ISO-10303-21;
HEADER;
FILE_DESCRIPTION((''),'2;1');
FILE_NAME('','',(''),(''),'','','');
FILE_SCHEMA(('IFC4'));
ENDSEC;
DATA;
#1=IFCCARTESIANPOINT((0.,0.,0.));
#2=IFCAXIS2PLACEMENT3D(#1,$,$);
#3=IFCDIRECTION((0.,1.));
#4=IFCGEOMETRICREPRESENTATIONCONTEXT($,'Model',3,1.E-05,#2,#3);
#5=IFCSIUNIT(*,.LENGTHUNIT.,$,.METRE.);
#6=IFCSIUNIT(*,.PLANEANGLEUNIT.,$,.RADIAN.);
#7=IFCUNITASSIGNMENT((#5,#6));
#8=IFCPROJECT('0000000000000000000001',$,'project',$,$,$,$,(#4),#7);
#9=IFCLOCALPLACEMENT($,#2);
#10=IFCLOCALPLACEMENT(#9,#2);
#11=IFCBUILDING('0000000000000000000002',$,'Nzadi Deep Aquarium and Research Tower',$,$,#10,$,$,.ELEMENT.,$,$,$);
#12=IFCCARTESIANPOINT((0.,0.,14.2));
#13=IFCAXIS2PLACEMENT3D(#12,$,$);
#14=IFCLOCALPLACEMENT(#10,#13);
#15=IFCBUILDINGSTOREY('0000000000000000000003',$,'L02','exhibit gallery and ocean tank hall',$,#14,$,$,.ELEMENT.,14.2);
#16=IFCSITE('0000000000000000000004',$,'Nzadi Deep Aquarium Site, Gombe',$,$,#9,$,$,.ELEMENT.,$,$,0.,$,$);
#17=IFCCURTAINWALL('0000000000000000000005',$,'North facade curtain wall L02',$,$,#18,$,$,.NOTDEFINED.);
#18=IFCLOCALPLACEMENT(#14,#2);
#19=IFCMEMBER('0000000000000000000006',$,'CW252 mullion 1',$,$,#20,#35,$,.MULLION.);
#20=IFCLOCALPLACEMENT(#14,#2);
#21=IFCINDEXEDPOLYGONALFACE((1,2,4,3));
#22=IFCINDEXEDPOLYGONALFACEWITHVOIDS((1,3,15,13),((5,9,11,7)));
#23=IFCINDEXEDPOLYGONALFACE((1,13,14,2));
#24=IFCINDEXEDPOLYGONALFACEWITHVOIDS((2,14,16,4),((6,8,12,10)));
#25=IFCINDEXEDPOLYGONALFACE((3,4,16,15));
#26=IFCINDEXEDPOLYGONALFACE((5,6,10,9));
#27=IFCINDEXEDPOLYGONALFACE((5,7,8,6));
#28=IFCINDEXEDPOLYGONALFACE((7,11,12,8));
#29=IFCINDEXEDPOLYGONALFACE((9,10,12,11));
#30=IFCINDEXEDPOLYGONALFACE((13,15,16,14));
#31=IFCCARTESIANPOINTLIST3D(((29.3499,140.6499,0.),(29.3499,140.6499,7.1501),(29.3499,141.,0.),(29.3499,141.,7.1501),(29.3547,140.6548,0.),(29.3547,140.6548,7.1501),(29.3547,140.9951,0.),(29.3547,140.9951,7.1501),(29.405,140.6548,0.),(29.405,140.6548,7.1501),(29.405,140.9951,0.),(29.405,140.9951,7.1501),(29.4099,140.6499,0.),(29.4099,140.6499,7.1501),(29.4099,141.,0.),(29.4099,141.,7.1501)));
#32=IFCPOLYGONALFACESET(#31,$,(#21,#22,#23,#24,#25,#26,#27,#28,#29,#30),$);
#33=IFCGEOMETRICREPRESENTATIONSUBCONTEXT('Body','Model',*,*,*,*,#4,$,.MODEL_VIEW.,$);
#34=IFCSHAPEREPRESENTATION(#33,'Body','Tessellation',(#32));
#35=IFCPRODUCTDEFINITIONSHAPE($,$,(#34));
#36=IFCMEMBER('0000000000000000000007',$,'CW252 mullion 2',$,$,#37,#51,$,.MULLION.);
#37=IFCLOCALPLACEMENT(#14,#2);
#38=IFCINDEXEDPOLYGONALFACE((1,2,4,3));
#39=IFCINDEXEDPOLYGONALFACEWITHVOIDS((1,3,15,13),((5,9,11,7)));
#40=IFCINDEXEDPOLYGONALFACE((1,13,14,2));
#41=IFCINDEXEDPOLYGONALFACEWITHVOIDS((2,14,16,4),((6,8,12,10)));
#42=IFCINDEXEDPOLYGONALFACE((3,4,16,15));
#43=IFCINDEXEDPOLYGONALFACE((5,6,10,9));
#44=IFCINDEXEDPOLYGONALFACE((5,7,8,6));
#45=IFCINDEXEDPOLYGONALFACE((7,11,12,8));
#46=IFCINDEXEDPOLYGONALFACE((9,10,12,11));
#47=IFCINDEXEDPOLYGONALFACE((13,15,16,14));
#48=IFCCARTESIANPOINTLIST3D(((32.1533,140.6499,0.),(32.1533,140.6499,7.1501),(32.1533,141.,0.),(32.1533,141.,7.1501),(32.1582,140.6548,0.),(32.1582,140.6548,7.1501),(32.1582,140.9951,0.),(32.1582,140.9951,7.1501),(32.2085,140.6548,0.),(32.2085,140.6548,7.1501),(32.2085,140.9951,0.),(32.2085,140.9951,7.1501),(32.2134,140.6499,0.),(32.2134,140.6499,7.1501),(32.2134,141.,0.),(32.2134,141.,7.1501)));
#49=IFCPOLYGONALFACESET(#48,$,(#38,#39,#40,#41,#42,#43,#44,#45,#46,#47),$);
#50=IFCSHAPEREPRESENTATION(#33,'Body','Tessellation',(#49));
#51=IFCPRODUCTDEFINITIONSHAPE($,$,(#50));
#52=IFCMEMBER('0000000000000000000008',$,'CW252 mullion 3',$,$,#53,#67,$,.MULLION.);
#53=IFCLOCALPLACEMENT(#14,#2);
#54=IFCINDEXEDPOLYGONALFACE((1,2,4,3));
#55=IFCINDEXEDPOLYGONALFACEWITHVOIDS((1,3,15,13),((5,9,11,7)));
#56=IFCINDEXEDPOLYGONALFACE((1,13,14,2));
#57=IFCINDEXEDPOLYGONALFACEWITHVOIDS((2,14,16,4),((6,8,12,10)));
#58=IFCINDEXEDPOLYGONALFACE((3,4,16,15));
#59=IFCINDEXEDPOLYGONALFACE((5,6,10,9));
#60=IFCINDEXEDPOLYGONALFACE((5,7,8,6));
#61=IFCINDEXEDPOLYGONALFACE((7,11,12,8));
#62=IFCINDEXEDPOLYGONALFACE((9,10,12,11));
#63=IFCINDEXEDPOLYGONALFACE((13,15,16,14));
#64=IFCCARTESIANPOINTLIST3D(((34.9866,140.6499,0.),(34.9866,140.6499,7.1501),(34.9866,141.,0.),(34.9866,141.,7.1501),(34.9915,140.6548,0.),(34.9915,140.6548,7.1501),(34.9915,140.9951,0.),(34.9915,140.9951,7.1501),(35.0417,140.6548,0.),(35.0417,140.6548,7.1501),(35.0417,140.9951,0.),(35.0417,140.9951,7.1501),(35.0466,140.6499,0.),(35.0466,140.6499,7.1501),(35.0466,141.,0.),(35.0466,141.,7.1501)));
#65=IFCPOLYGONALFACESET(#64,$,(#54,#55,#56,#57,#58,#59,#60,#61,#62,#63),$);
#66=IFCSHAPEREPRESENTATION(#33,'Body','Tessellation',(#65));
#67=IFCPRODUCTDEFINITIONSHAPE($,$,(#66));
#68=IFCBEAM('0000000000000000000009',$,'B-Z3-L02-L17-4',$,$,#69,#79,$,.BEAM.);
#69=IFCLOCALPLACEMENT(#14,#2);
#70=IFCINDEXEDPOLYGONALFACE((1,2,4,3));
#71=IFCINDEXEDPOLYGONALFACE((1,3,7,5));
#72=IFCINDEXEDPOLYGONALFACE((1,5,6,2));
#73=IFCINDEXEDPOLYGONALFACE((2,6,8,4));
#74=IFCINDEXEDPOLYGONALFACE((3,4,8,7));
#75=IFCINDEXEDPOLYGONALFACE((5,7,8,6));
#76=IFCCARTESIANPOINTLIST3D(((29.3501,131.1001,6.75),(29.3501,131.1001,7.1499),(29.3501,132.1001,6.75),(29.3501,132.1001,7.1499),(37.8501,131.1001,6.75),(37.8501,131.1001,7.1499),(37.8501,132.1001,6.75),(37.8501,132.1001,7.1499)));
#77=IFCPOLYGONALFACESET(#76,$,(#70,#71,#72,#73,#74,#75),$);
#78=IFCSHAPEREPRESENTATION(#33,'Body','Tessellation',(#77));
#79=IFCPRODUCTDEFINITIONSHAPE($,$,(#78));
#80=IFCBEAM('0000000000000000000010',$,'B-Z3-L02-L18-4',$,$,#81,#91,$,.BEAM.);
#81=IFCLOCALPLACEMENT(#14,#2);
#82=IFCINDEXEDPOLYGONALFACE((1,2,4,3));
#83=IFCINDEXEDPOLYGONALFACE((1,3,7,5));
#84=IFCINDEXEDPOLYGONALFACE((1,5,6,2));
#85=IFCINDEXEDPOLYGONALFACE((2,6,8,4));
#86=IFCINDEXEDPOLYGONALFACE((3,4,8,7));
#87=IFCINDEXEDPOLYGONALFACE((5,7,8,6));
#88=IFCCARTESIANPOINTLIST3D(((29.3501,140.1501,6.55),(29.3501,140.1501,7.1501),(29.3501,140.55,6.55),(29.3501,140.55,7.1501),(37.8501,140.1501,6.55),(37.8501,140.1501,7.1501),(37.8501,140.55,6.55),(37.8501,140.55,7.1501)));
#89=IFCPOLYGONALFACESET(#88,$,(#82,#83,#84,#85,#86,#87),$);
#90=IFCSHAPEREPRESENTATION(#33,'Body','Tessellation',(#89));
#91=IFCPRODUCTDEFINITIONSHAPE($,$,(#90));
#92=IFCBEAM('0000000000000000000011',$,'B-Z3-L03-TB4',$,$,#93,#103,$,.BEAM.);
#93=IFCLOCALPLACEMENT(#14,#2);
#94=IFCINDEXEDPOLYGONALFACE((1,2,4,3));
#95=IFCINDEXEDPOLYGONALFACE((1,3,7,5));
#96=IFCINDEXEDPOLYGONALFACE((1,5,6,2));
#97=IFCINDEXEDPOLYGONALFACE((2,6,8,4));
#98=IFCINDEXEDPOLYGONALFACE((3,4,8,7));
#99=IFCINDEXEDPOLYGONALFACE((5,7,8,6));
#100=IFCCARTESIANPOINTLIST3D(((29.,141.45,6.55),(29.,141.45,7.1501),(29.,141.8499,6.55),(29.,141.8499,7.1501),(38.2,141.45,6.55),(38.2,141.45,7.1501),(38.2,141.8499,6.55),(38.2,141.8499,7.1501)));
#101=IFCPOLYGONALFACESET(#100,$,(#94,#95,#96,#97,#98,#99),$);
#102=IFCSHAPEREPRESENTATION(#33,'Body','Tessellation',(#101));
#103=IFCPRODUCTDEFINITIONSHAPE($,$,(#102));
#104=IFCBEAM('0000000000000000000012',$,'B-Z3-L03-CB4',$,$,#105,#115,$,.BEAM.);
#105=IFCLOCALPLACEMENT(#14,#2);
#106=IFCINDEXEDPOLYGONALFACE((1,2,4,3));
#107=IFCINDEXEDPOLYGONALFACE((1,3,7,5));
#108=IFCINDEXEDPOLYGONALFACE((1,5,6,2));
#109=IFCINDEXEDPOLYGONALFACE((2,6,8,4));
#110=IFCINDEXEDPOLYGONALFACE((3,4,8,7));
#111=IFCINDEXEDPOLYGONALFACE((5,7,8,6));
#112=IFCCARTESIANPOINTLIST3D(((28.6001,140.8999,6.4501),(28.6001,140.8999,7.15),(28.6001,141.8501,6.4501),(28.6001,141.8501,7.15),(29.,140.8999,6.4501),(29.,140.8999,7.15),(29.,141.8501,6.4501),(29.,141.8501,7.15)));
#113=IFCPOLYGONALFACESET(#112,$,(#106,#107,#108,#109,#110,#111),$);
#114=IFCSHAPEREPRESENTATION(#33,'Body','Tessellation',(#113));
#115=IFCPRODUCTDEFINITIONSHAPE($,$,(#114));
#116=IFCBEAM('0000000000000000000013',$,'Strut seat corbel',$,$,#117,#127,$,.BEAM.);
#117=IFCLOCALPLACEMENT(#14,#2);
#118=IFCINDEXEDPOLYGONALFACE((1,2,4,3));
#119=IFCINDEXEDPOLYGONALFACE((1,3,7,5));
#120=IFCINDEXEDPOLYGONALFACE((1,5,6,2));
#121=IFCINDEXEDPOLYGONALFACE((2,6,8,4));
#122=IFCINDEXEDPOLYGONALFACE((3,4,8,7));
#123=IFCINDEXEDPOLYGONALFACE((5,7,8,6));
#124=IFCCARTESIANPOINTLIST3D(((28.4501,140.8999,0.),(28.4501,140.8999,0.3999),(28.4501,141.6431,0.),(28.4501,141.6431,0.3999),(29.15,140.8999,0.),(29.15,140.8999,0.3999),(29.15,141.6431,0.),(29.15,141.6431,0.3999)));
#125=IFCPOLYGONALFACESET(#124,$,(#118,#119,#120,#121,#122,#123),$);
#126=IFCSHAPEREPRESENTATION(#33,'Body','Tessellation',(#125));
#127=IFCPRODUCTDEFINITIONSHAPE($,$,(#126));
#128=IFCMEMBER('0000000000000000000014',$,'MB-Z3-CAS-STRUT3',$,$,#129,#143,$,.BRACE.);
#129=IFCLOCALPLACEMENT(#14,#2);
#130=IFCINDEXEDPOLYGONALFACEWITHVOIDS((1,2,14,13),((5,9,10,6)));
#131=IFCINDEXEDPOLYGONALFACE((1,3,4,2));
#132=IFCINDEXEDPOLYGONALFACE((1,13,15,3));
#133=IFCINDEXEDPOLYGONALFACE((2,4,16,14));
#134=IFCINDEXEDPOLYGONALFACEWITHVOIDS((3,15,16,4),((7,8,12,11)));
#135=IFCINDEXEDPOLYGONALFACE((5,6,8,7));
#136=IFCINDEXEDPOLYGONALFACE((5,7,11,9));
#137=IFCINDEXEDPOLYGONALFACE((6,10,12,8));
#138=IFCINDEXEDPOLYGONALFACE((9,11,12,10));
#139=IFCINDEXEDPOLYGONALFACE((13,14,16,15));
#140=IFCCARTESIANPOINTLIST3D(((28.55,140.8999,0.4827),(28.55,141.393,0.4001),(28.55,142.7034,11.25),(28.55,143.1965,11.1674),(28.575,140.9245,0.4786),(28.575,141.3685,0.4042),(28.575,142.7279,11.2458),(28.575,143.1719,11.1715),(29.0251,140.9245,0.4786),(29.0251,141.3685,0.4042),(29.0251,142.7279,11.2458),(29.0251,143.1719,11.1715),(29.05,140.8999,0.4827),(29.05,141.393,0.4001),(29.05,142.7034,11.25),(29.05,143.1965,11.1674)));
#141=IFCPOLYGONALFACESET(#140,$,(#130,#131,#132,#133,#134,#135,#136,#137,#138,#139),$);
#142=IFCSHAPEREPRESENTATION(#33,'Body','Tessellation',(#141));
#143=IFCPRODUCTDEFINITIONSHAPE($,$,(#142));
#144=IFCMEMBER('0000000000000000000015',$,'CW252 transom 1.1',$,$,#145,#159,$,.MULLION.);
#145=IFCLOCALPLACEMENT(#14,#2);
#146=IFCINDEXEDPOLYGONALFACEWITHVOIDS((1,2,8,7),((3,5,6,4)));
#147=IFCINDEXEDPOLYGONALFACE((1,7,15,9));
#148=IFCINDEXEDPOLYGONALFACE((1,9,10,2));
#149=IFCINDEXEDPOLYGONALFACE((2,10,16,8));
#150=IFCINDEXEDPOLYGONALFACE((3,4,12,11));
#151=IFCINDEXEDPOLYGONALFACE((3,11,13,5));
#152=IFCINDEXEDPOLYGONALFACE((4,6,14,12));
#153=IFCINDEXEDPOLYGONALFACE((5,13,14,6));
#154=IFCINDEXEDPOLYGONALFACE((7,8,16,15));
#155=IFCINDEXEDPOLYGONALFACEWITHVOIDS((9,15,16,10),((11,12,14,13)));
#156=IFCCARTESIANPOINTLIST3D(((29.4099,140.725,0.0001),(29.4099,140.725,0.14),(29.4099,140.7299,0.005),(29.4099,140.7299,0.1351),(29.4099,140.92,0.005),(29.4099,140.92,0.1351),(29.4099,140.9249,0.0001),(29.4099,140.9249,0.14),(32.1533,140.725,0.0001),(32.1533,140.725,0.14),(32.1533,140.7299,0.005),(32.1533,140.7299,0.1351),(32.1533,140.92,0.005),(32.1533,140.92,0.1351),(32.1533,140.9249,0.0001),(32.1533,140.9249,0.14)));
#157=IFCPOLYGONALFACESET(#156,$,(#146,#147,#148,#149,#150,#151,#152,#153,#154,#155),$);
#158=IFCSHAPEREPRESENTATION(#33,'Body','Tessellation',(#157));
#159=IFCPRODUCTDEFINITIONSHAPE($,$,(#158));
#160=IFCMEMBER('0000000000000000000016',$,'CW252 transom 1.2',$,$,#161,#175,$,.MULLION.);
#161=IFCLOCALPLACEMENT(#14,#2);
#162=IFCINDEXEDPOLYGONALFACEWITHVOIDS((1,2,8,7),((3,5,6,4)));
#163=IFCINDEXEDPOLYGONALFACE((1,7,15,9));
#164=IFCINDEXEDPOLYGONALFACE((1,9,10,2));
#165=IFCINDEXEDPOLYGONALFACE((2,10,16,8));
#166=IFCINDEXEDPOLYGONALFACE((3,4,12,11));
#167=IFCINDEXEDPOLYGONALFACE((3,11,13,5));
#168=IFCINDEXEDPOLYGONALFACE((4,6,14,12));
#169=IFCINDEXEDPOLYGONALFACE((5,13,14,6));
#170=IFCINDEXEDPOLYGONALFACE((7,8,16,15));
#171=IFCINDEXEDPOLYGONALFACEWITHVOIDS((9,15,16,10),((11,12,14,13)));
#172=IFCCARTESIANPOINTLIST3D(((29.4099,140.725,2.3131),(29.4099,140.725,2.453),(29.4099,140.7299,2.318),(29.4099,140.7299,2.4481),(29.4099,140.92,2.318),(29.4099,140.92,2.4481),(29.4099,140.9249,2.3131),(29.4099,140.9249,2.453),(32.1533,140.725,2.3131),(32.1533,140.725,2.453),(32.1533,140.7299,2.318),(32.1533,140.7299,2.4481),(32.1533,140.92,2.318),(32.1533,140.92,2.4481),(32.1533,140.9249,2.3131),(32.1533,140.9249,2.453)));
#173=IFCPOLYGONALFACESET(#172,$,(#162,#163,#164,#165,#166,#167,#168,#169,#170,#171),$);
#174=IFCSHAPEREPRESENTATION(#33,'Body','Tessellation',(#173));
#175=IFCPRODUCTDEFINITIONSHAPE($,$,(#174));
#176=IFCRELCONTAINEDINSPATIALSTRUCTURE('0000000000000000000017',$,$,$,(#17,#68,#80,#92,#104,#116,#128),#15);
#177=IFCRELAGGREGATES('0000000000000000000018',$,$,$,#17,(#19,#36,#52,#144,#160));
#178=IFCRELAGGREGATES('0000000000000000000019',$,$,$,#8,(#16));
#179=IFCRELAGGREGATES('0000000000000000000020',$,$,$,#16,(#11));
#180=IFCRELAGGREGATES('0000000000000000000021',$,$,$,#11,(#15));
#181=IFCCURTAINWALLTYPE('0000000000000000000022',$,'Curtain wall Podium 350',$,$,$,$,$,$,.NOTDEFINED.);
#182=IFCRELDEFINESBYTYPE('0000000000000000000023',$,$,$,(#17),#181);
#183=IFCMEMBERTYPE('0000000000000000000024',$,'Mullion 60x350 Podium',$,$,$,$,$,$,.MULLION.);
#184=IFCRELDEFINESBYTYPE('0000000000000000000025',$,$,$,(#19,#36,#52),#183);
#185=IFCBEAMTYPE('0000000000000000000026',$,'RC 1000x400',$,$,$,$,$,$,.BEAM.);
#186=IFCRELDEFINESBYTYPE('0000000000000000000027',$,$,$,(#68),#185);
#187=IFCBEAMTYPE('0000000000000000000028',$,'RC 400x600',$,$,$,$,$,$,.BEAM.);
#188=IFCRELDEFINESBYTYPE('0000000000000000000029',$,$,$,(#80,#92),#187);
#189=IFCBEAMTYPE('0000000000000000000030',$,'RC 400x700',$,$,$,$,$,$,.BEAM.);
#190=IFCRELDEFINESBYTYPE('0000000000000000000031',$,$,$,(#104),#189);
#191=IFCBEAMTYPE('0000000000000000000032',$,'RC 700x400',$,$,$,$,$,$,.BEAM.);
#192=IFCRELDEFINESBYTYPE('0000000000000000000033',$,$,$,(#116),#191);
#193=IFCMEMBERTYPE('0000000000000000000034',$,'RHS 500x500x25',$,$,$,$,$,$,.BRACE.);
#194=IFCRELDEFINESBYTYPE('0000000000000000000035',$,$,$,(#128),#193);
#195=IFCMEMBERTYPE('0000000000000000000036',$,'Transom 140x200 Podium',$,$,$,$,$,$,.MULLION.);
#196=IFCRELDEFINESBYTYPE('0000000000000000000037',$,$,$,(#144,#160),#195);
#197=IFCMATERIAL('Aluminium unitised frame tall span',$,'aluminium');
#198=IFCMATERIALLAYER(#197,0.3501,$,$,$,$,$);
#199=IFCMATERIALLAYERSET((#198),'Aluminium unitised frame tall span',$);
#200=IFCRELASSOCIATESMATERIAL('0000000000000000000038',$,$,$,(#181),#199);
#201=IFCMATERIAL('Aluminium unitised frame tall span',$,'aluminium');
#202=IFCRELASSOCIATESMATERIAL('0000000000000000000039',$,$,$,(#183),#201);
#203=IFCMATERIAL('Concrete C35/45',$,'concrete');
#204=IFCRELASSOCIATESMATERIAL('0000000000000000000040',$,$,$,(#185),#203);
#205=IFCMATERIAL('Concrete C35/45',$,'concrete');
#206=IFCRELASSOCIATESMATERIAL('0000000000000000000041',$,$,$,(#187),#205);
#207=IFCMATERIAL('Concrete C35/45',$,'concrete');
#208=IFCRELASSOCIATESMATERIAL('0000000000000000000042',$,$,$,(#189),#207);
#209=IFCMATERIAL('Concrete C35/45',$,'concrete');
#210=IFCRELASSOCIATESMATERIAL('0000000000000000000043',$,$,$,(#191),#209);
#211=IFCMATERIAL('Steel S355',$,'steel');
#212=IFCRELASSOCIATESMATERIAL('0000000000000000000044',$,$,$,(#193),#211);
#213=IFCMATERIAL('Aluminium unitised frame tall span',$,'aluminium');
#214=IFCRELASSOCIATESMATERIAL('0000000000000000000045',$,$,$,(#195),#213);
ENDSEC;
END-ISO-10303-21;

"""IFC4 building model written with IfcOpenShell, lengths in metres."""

from ifc_helpers import new_model, si_unit, direction, frame, origin, origin_2d, place, context, subcontext, project, spatial, rectangle, hollow_rectangle, extrude, material, layer, layer_set, material_profile, profile_set, type_object, element, aggregate, save


model = new_model("IFC4")

# Units and contexts
model_context = context("Model", 3, precision=1e-05, world=origin(), true_north=direction((0.0, 1.0)))
body_context = subcontext(model_context, "Body", "Model", "MODEL_VIEW")
ifc_project = project(units=[si_unit("LENGTHUNIT", "METRE"), si_unit("PLANEANGLEUNIT", "RADIAN")], contexts=[model_context])

# Site, building, storey
site_placement = place(None, origin())
site = spatial("IfcSite", under=ifc_project, at=site_placement, Name="Nzadi Deep Aquarium Site, Gombe", CompositionType="ELEMENT", RefElevation=0.0)
building_placement = place(site_placement, origin())
building = spatial("IfcBuilding", under=site, at=building_placement, Name="Nzadi Deep Aquarium and Research Tower", CompositionType="ELEMENT")
storey_placement = place(building_placement, frame((0.0, 0.0, 14.2)))
storey = spatial("IfcBuildingStorey", under=building, at=storey_placement, Name="L02", Description="exhibit gallery and ocean tank hall", CompositionType="ELEMENT", Elevation=14.2)

# Curtain wall, members
ifc_material_1 = material(Name="Aluminium unitised frame tall span", Category="aluminium")
ifc_layer_1 = layer(ifc_material_1, 0.3501)
ifc_layer_set_1 = layer_set([ifc_layer_1], Name="Aluminium unitised frame tall span")
curtain_wall_type = type_object("IfcCurtainWallType", Name="Curtain wall Podium 350", PredefinedType="NOTDEFINED", material=ifc_layer_set_1)
curtain_wall_placement = place(storey_placement, origin())
curtain_wall = element("IfcCurtainWall", 1, at=curtain_wall_placement, inside=storey, type_object=curtain_wall_type, Name="North facade curtain wall L02", PredefinedType="NOTDEFINED")
ifc_material_2 = material(Name="Aluminium unitised frame tall span", Category="aluminium")
ifc_material_profile_1 = material_profile(ifc_material_2, hollow_rectangle(XDim=0.3501, YDim=0.0601, WallThickness=0.0049, at=origin_2d()))
ifc_profile_set_1 = profile_set([ifc_material_profile_1], Name="Aluminium unitised frame tall span")
member_type_1 = type_object("IfcMemberType", Name="Mullion 60x350 Podium", PredefinedType="MULLION", material=ifc_profile_set_1)
member_1_placement = place(storey_placement, frame((29.3799, 140.825, 0.0), z_axis=(0.0, 0.0, 1.0), x_axis=(0.0, 1.0, 0.0)))
member_1 = element("IfcMember", 2, at=member_1_placement, type_object=member_type_1, Name="CW252 mullion 1", PredefinedType="MULLION", context=body_context, shape_type="SweptSolid", body=[
    extrude(hollow_rectangle(XDim=0.3501, YDim=0.0601, WallThickness=0.0049, at=origin_2d()), origin(), (0.0, 0.0, 1.0), 7.1501),
])
member_2_placement = place(storey_placement, frame((32.1833, 140.825, 0.0), z_axis=(0.0, 0.0, 1.0), x_axis=(0.0, 1.0, 0.0)))
member_2 = element("IfcMember", 3, at=member_2_placement, type_object=member_type_1, Name="CW252 mullion 2", PredefinedType="MULLION", context=body_context, shape_type="SweptSolid", body=[
    extrude(hollow_rectangle(XDim=0.3501, YDim=0.0601, WallThickness=0.0049, at=origin_2d()), origin(), (0.0, 0.0, 1.0), 7.1501),
])
member_3_placement = place(storey_placement, frame((35.0166, 140.825, 0.0), z_axis=(0.0, 0.0, 1.0), x_axis=(0.0, 1.0, 0.0)))
member_3 = element("IfcMember", 4, at=member_3_placement, type_object=member_type_1, Name="CW252 mullion 3", PredefinedType="MULLION", context=body_context, shape_type="SweptSolid", body=[
    extrude(hollow_rectangle(XDim=0.3501, YDim=0.0601, WallThickness=0.0049, at=origin_2d()), origin(), (0.0, 0.0, 1.0), 7.1501),
])

# Beams
ifc_material_3 = material(Name="Concrete C35/45", Category="concrete")
ifc_material_profile_2 = material_profile(ifc_material_3, rectangle(XDim=1.0, YDim=0.3999, at=origin_2d()))
ifc_profile_set_2 = profile_set([ifc_material_profile_2], Name="Concrete C35/45")
beam_type_1 = type_object("IfcBeamType", Name="RC 1000x400", PredefinedType="BEAM", material=ifc_profile_set_2)
beam_1_placement = place(storey_placement, frame((29.3501, 131.6001, 6.95), z_axis=(1.0, 0.0, 0.0), x_axis=(0.0, 1.0, 0.0)))
element("IfcBeam", 5, at=beam_1_placement, inside=storey, type_object=beam_type_1, Name="B-Z3-L02-L17-4", PredefinedType="BEAM", context=body_context, shape_type="SweptSolid", body=[
    extrude(rectangle(XDim=1.0, YDim=0.3999, at=origin_2d()), origin(), (0.0, 0.0, 1.0), 8.5),
])
ifc_material_4 = material(Name="Concrete C35/45", Category="concrete")
ifc_material_profile_3 = material_profile(ifc_material_4, rectangle(XDim=0.3999, YDim=0.6001, at=origin_2d()))
ifc_profile_set_3 = profile_set([ifc_material_profile_3], Name="Concrete C35/45")
beam_type_2 = type_object("IfcBeamType", Name="RC 400x600", PredefinedType="BEAM", material=ifc_profile_set_3)
beam_2_placement = place(storey_placement, frame((29.3501, 140.3501, 6.8501), z_axis=(1.0, 0.0, 0.0), x_axis=(0.0, 1.0, 0.0)))
element("IfcBeam", 6, at=beam_2_placement, inside=storey, type_object=beam_type_2, Name="B-Z3-L02-L18-4", PredefinedType="BEAM", context=body_context, shape_type="SweptSolid", body=[
    extrude(rectangle(XDim=0.3999, YDim=0.6001, at=origin_2d()), origin(), (0.0, 0.0, 1.0), 8.5),
])
beam_3_placement = place(storey_placement, frame((29.0, 141.6499, 6.8501), z_axis=(1.0, 0.0, 0.0), x_axis=(0.0, 1.0, 0.0)))
element("IfcBeam", 7, at=beam_3_placement, inside=storey, type_object=beam_type_2, Name="B-Z3-L03-TB4", PredefinedType="BEAM", context=body_context, shape_type="SweptSolid", body=[
    extrude(rectangle(XDim=0.3999, YDim=0.6001, at=origin_2d()), origin(), (0.0, 0.0, 1.0), 9.2),
])
ifc_material_5 = material(Name="Concrete C35/45", Category="concrete")
ifc_material_profile_4 = material_profile(ifc_material_5, rectangle(XDim=0.3999, YDim=0.7, at=origin_2d()))
ifc_profile_set_4 = profile_set([ifc_material_profile_4], Name="Concrete C35/45")
beam_type_3 = type_object("IfcBeamType", Name="RC 400x700", PredefinedType="BEAM", material=ifc_profile_set_4)
beam_4_placement = place(storey_placement, frame((28.8, 140.8999, 6.8), z_axis=(0.0, 1.0, 0.0), x_axis=(-1.0, 0.0, 0.0)))
element("IfcBeam", 8, at=beam_4_placement, inside=storey, type_object=beam_type_3, Name="B-Z3-L03-CB4", PredefinedType="BEAM", context=body_context, shape_type="SweptSolid", body=[
    extrude(rectangle(XDim=0.3999, YDim=0.7, at=origin_2d()), origin(), (0.0, 0.0, 1.0), 0.9502),
])
ifc_material_6 = material(Name="Concrete C35/45", Category="concrete")
ifc_material_profile_5 = material_profile(ifc_material_6, rectangle(XDim=0.7, YDim=0.3999, at=origin_2d()))
ifc_profile_set_5 = profile_set([ifc_material_profile_5], Name="Concrete C35/45")
beam_type_4 = type_object("IfcBeamType", Name="RC 700x400", PredefinedType="BEAM", material=ifc_profile_set_5)
beam_5_placement = place(storey_placement, frame((28.8, 140.8999, 0.2), z_axis=(0.0, 1.0, 0.0), x_axis=(-1.0, 0.0, 0.0)))
element("IfcBeam", 9, at=beam_5_placement, inside=storey, type_object=beam_type_4, Name="Strut seat corbel", PredefinedType="BEAM", context=body_context, shape_type="SweptSolid", body=[
    extrude(rectangle(XDim=0.7, YDim=0.3999, at=origin_2d()), origin(), (0.0, 0.0, 1.0), 0.7432),
])

# Members
ifc_material_7 = material(Name="Steel S355", Category="steel")
ifc_material_profile_6 = material_profile(ifc_material_7, hollow_rectangle(XDim=0.5, YDim=0.5, WallThickness=0.0249, at=origin_2d()))
ifc_profile_set_6 = profile_set([ifc_material_profile_6], Name="Steel S355")
member_type_2 = type_object("IfcMemberType", Name="RHS 500x500x25", PredefinedType="BRACE", material=ifc_profile_set_6)
member_4_placement = place(storey_placement, frame((28.8, 141.1465, 0.4414), z_axis=(0.0, 0.165193, 0.986261), x_axis=(-1.0, 0.0, 0.0)))
element("IfcMember", 10, at=member_4_placement, inside=storey, type_object=member_type_2, Name="MB-Z3-CAS-STRUT3", PredefinedType="BRACE", context=body_context, shape_type="SweptSolid", body=[
    extrude(hollow_rectangle(XDim=0.5, YDim=0.5, WallThickness=0.0249, at=origin_2d()), origin(), (0.0, 0.0, 1.0), 10.9172),
])
ifc_material_8 = material(Name="Aluminium unitised frame tall span", Category="aluminium")
ifc_material_profile_7 = material_profile(ifc_material_8, hollow_rectangle(XDim=0.2, YDim=0.1399, WallThickness=0.0049, at=origin_2d()))
ifc_profile_set_7 = profile_set([ifc_material_profile_7], Name="Aluminium unitised frame tall span")
member_type_3 = type_object("IfcMemberType", Name="Transom 140x200 Podium", PredefinedType="MULLION", material=ifc_profile_set_7)
member_5_placement = place(storey_placement, frame((29.4099, 140.825, 0.0701), z_axis=(1.0, 0.0, 0.0), x_axis=(0.0, 1.0, 0.0)))
member_5 = element("IfcMember", 11, at=member_5_placement, type_object=member_type_3, Name="CW252 transom 1.1", PredefinedType="MULLION", context=body_context, shape_type="SweptSolid", body=[
    extrude(hollow_rectangle(XDim=0.2, YDim=0.1399, WallThickness=0.0049, at=origin_2d()), origin(), (0.0, 0.0, 1.0), 2.7434),
])
member_6_placement = place(storey_placement, frame((29.4099, 140.825, 2.3831), z_axis=(1.0, 0.0, 0.0), x_axis=(0.0, 1.0, 0.0)))
member_6 = element("IfcMember", 12, at=member_6_placement, type_object=member_type_3, Name="CW252 transom 1.2", PredefinedType="MULLION", context=body_context, shape_type="SweptSolid", body=[
    extrude(hollow_rectangle(XDim=0.2, YDim=0.1399, WallThickness=0.0049, at=origin_2d()), origin(), (0.0, 0.0, 1.0), 2.7434),
])

aggregate(curtain_wall, [member_1, member_2, member_3, member_5, member_6])

save(model, "model.ifc")
